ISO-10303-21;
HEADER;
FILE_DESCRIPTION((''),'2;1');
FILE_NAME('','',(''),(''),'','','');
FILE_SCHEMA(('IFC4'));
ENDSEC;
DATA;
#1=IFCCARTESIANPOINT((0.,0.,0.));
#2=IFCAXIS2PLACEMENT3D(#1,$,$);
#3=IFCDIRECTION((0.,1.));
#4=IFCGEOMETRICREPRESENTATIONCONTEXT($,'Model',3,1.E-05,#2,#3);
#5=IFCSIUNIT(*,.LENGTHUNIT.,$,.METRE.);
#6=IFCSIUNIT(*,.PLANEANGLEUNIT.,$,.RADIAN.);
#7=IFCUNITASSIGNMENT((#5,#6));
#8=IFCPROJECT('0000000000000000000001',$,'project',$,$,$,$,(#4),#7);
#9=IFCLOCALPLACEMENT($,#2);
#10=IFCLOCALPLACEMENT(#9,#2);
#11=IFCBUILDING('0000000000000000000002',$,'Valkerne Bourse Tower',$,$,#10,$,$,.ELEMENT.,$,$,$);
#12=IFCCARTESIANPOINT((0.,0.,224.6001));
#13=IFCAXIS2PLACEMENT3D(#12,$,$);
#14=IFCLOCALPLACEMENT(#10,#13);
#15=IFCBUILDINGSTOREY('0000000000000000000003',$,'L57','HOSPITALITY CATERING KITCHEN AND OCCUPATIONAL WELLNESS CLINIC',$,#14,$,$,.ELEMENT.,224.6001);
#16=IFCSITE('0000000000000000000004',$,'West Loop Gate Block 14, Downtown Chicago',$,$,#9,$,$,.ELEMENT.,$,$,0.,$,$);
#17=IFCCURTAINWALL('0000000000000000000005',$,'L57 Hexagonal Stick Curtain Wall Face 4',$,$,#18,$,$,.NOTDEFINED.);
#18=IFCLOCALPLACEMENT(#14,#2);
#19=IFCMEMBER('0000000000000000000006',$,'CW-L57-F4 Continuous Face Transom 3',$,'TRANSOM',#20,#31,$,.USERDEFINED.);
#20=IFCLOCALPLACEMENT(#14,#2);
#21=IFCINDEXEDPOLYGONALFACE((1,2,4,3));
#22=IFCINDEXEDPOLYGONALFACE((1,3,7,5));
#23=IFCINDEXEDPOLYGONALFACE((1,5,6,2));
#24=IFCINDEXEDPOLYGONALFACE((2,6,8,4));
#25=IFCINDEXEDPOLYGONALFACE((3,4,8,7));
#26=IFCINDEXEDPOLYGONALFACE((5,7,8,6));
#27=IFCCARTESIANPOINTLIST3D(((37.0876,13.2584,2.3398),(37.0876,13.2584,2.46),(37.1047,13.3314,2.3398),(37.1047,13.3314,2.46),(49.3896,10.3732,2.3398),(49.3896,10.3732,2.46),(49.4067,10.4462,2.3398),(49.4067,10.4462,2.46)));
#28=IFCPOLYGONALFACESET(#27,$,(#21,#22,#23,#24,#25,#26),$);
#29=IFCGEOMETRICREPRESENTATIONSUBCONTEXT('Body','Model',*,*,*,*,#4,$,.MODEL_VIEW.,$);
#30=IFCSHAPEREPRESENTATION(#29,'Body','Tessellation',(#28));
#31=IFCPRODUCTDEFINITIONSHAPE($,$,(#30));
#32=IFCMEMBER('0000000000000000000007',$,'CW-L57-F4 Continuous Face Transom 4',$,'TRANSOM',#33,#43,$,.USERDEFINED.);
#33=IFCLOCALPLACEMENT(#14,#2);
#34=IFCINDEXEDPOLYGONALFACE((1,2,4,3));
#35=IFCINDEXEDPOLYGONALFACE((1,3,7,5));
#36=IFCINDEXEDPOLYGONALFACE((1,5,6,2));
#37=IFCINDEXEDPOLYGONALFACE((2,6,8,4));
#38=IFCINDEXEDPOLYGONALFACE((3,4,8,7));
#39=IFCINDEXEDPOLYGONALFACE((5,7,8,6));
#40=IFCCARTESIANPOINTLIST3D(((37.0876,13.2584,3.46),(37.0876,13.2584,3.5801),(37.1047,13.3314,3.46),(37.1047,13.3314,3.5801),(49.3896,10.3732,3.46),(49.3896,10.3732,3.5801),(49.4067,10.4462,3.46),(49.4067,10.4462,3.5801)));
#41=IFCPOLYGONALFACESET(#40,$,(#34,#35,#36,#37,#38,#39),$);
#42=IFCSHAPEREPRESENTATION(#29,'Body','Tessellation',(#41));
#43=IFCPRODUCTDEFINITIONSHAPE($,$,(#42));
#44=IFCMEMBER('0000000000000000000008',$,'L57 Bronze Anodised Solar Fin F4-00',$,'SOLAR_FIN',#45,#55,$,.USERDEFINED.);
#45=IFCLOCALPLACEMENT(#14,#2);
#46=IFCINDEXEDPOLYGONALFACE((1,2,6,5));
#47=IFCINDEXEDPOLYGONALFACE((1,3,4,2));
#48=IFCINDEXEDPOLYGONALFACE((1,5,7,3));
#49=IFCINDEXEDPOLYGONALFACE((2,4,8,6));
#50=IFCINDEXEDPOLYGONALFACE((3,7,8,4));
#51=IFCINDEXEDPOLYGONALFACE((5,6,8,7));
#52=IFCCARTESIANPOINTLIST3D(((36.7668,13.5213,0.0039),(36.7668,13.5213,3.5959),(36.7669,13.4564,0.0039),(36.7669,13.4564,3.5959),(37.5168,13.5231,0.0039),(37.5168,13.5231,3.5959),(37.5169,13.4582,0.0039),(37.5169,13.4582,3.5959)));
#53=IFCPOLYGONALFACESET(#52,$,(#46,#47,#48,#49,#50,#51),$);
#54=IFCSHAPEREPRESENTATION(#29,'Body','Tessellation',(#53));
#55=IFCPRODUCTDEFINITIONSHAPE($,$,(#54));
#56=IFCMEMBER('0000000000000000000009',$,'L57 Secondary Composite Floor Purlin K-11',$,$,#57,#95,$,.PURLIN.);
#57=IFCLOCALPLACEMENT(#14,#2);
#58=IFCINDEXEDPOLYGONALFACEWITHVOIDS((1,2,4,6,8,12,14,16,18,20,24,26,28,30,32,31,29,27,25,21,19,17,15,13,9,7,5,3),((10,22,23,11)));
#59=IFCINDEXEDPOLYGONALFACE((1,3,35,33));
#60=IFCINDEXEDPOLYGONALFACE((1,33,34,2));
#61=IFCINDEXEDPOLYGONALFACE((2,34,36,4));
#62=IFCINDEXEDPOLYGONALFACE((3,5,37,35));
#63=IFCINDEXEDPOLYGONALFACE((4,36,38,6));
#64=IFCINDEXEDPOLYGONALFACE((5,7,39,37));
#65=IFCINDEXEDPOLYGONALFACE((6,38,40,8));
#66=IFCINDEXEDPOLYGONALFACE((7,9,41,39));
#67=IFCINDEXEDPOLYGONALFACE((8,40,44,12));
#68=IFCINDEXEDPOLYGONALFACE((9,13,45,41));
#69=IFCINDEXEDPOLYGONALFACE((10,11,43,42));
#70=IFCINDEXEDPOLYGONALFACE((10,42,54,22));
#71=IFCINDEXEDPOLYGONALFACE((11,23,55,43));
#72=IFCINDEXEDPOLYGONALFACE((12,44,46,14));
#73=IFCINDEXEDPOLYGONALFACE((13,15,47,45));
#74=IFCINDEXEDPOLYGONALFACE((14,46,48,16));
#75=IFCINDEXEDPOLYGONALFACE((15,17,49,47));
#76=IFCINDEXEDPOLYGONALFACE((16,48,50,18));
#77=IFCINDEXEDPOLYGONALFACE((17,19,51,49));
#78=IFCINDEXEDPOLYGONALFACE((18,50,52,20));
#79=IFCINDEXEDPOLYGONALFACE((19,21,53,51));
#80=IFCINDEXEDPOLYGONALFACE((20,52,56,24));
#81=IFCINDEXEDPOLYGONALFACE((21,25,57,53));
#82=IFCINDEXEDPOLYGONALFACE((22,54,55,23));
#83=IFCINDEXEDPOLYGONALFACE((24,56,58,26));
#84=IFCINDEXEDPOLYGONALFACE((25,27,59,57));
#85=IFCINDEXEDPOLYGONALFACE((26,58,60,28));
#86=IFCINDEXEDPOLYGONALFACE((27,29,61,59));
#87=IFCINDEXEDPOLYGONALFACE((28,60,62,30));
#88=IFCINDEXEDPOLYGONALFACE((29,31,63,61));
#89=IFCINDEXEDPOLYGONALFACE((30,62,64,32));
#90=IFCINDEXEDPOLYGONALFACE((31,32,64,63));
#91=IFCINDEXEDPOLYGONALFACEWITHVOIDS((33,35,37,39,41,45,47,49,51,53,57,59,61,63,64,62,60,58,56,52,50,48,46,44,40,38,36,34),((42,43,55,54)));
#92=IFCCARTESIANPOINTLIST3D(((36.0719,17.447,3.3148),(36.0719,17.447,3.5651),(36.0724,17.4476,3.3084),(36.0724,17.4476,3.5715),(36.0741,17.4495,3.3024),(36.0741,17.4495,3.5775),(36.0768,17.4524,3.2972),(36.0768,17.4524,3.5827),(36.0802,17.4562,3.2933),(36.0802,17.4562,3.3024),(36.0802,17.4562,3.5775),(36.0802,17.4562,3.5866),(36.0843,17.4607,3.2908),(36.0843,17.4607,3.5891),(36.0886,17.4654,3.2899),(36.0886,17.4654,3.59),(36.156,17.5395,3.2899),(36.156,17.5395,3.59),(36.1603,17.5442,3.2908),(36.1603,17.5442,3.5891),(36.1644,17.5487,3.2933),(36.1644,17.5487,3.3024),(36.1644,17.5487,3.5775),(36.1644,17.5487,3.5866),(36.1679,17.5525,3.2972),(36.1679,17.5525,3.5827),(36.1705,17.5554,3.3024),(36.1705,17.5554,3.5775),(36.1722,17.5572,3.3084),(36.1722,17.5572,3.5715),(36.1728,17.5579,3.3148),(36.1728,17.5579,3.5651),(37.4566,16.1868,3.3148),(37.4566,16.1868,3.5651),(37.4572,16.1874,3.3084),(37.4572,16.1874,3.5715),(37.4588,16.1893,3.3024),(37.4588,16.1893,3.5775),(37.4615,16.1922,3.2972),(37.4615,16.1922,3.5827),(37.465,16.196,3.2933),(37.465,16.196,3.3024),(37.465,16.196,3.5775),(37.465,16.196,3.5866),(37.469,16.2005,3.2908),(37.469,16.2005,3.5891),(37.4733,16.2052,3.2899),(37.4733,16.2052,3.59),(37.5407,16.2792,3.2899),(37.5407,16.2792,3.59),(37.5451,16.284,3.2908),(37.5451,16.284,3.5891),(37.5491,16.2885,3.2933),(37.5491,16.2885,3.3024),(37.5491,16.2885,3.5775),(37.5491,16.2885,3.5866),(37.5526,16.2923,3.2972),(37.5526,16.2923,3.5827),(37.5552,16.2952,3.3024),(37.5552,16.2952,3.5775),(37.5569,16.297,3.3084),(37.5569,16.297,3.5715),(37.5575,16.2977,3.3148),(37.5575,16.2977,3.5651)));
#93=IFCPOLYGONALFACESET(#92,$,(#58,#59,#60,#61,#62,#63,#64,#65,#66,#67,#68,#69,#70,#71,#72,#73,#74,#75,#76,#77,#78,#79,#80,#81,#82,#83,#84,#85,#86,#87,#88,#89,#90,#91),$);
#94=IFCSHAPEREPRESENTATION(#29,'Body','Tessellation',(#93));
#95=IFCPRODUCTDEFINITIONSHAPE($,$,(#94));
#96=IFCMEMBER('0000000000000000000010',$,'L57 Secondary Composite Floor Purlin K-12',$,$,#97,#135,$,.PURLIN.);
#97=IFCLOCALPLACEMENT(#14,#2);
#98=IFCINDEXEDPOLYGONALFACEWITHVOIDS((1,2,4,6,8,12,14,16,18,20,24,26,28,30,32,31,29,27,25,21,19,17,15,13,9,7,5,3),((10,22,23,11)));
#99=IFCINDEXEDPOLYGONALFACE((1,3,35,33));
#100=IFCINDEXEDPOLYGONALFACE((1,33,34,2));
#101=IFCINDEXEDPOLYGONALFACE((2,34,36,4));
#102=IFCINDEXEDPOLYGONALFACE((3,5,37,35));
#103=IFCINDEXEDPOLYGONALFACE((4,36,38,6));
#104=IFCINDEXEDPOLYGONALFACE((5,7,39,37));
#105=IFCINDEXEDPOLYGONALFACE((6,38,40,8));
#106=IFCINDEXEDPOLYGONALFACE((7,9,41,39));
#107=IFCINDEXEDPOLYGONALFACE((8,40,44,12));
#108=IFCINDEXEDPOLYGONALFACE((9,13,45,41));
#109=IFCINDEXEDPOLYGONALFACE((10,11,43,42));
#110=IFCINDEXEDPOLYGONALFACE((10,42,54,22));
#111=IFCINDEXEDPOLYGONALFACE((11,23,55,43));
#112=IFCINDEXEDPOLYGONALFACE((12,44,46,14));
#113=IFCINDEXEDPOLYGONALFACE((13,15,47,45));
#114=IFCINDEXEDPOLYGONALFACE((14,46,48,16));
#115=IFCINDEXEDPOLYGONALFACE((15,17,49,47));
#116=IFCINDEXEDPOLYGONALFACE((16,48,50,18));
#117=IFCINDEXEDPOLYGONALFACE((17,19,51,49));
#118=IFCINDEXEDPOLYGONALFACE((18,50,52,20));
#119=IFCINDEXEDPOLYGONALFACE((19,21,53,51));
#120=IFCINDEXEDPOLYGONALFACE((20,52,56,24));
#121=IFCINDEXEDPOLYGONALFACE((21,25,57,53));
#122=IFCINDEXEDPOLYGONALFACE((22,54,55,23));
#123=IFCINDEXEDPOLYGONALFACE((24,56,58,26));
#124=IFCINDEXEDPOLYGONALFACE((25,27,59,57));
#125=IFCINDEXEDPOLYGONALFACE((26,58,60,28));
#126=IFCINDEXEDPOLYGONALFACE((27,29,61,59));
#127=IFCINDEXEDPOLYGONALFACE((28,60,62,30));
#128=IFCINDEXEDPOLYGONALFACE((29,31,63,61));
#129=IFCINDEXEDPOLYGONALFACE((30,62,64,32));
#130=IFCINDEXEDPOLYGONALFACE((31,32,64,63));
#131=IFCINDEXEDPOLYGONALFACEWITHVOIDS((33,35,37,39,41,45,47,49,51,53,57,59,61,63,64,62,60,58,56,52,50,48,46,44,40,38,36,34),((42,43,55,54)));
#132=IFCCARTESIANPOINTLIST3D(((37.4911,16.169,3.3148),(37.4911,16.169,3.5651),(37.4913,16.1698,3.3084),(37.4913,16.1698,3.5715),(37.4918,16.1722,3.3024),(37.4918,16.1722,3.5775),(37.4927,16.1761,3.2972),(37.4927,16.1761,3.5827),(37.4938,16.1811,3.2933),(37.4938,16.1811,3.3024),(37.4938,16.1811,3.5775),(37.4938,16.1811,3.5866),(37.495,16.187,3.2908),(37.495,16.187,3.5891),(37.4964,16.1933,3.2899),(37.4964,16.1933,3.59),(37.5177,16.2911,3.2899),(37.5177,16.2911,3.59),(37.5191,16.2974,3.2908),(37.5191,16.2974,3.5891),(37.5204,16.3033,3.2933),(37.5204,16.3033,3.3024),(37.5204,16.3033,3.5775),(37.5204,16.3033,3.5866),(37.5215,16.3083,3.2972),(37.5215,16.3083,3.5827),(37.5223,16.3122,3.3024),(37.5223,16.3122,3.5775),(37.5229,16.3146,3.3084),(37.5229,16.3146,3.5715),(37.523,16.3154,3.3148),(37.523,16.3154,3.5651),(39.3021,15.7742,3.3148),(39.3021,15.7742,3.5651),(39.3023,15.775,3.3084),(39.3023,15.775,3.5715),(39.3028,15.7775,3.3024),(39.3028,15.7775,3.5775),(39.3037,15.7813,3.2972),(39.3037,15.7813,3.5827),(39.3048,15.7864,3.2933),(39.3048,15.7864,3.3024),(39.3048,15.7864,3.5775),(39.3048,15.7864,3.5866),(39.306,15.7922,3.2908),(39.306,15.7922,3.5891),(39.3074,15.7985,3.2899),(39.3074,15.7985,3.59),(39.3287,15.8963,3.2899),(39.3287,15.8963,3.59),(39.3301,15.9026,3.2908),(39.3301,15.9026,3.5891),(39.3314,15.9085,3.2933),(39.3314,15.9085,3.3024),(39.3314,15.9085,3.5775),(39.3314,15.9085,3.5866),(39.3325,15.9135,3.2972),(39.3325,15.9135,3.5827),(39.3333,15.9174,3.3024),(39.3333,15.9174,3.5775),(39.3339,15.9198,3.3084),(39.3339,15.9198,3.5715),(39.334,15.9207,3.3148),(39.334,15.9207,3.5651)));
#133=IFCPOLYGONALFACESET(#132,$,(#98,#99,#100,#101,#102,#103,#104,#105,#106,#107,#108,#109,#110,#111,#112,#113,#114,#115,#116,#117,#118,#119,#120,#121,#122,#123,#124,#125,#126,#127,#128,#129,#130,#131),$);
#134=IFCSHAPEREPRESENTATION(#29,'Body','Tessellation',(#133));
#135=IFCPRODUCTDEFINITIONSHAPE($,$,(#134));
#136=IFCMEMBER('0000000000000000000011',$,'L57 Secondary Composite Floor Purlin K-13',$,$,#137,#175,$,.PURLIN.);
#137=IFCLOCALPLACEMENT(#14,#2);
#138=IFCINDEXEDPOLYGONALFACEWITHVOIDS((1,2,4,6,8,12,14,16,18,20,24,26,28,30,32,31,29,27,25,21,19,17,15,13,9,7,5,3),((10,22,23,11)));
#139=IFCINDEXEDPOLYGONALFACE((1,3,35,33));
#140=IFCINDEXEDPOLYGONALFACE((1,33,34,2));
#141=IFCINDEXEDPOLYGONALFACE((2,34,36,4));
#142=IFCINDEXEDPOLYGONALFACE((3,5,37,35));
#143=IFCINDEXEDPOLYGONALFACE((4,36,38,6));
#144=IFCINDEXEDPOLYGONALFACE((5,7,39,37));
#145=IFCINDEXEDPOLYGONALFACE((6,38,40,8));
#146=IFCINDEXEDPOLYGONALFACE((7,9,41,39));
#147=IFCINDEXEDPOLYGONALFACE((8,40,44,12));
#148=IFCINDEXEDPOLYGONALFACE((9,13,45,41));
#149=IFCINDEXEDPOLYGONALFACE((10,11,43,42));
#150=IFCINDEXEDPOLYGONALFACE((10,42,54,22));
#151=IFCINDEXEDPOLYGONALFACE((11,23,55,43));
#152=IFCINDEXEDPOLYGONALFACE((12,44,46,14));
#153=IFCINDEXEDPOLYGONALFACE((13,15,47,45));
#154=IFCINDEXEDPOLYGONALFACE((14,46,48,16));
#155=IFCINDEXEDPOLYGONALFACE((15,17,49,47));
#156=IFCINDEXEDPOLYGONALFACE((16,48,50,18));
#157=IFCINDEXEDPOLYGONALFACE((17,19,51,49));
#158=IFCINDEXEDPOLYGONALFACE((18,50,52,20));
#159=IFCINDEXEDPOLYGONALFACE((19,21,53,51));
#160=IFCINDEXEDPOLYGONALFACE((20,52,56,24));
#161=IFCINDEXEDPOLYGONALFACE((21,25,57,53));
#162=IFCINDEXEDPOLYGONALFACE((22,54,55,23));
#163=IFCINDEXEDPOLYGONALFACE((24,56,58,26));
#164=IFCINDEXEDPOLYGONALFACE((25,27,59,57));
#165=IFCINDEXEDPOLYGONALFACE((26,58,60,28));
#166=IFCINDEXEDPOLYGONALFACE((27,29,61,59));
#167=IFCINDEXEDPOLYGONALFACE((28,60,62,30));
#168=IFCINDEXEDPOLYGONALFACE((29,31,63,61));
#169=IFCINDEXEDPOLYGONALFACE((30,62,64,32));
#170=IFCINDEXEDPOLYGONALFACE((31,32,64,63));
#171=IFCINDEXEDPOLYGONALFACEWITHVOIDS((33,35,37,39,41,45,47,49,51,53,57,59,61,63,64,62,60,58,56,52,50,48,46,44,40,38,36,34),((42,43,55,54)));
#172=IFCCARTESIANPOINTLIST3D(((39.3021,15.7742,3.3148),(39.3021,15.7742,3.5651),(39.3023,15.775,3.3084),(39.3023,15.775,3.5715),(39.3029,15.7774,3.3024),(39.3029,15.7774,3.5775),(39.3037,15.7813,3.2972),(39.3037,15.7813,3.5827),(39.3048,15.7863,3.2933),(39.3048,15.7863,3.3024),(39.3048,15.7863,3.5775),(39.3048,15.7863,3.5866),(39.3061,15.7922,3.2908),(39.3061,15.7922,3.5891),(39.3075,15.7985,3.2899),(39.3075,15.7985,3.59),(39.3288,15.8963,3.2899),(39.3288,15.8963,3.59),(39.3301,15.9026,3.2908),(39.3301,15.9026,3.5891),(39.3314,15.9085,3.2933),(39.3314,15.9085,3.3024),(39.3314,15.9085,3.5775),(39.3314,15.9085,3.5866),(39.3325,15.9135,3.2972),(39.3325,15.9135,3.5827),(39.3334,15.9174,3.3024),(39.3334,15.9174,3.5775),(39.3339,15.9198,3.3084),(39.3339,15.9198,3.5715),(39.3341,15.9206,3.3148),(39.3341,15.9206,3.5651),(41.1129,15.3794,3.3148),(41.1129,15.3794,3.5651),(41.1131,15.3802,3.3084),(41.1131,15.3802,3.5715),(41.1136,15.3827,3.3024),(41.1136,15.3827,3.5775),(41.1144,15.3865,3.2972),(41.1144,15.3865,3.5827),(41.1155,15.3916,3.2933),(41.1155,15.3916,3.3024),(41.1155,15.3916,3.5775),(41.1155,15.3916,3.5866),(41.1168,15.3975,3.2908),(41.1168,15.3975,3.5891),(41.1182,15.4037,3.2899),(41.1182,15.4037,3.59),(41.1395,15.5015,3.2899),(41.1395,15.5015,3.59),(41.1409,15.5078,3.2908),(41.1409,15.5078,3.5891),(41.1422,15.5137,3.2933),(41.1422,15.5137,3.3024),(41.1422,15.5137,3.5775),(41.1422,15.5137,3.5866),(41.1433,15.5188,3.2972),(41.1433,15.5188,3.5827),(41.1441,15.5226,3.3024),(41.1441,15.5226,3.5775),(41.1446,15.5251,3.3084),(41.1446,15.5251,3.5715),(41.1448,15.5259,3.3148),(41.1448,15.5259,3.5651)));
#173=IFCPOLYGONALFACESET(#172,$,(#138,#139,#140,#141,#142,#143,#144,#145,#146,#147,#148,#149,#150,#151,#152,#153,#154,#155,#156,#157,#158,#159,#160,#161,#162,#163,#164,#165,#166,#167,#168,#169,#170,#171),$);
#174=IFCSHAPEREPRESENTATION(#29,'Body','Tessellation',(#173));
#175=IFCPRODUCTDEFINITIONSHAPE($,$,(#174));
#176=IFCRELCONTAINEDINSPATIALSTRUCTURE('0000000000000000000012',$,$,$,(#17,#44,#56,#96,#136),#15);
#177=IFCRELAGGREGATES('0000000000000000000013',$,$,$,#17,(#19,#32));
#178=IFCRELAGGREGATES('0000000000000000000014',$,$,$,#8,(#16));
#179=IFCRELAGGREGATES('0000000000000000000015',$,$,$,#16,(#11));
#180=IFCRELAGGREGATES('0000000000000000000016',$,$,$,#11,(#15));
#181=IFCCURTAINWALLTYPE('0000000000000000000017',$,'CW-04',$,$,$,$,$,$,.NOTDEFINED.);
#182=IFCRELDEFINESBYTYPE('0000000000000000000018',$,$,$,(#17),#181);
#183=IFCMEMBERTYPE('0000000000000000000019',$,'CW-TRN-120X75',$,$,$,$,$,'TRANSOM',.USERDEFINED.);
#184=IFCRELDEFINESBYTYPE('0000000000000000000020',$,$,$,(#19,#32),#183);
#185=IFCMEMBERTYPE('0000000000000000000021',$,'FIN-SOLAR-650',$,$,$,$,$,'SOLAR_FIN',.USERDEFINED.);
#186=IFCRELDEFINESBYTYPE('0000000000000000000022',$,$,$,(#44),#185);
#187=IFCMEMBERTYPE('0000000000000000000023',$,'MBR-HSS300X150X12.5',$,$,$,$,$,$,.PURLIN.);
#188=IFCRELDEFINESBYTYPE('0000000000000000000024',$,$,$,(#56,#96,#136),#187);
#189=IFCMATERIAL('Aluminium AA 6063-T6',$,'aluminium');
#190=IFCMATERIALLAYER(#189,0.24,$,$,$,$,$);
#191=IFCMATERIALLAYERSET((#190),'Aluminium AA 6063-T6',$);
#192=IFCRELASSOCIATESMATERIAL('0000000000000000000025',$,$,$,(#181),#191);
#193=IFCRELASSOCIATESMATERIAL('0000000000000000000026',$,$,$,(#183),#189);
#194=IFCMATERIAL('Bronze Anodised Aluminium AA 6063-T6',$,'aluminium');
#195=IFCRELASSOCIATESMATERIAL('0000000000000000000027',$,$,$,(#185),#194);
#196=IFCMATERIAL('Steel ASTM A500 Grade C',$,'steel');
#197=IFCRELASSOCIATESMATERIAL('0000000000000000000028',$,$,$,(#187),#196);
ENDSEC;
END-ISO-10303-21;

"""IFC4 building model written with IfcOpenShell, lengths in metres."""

from ifc_helpers import new_model, si_unit, direction, frame, origin, origin_2d, place, context, subcontext, project, spatial, rectangle, hollow_rectangle, extrude, material, layer, layer_set, material_profile, profile_set, type_object, element, aggregate, save


model = new_model("IFC4")

# Units and contexts
model_context = context("Model", 3, precision=1e-05, world=origin(), true_north=direction((0.0, 1.0)))
body_context = subcontext(model_context, "Body", "Model", "MODEL_VIEW")
ifc_project = project(units=[si_unit("LENGTHUNIT", "METRE"), si_unit("PLANEANGLEUNIT", "RADIAN")], contexts=[model_context])

# Site, building, storey
site_placement = place(None, origin())
site = spatial("IfcSite", under=ifc_project, at=site_placement, Name="West Loop Gate Block 14, Downtown Chicago", CompositionType="ELEMENT", RefElevation=0.0)
building_placement = place(site_placement, origin())
building = spatial("IfcBuilding", under=site, at=building_placement, Name="Valkerne Bourse Tower", CompositionType="ELEMENT")
storey_placement = place(building_placement, frame((0.0, 0.0, 224.6001)))
storey = spatial("IfcBuildingStorey", under=building, at=storey_placement, Name="L57", Description="HOSPITALITY CATERING KITCHEN AND OCCUPATIONAL WELLNESS CLINIC", CompositionType="ELEMENT", Elevation=224.6001)

# Curtain wall, members
ifc_material_1 = material(Name="Aluminium AA 6063-T6", Category="aluminium")
ifc_layer_1 = layer(ifc_material_1, 0.24)
ifc_layer_set_1 = layer_set([ifc_layer_1], Name="Aluminium AA 6063-T6")
curtain_wall_type = type_object("IfcCurtainWallType", Name="CW-04", PredefinedType="NOTDEFINED", material=ifc_layer_set_1)
curtain_wall_placement = place(storey_placement, origin())
curtain_wall = element("IfcCurtainWall", 1, at=curtain_wall_placement, inside=storey, type_object=curtain_wall_type, Name="L57 Hexagonal Stick Curtain Wall Face 4", PredefinedType="NOTDEFINED")
ifc_material_profile_1 = material_profile(ifc_material_1, rectangle(XDim=0.075, YDim=0.1201, at=origin_2d()), Name="CWT-75X120")
ifc_profile_set_1 = profile_set([ifc_material_profile_1], Name="Aluminium AA 6063-T6")
member_type_1 = type_object("IfcMemberType", Name="CW-TRN-120X75", ElementType="TRANSOM", PredefinedType="USERDEFINED", material=ifc_profile_set_1)
member_1_placement = place(storey_placement, frame((37.0962, 13.2949, 2.3999), z_axis=(0.973582, -0.228339, 0.0), x_axis=(0.228339, 0.973582, 0.0)))
member_1 = element("IfcMember", 2, at=member_1_placement, type_object=member_type_1, Name="CW-L57-F4 Continuous Face Transom 3", ObjectType="TRANSOM", PredefinedType="USERDEFINED", context=body_context, shape_type="SweptSolid", body=[
    extrude(rectangle(XDim=0.075, YDim=0.1201, at=origin_2d()), origin(), (0.0, 0.0, 1.0), 12.6357),
])
member_2_placement = place(storey_placement, frame((37.0962, 13.2949, 3.52), z_axis=(0.973582, -0.228339, 0.0), x_axis=(0.228339, 0.973582, 0.0)))
member_2 = element("IfcMember", 3, at=member_2_placement, type_object=member_type_1, Name="CW-L57-F4 Continuous Face Transom 4", ObjectType="TRANSOM", PredefinedType="USERDEFINED", context=body_context, shape_type="SweptSolid", body=[
    extrude(rectangle(XDim=0.075, YDim=0.1201, at=origin_2d()), origin(), (0.0, 0.0, 1.0), 12.6357),
])

# Members
ifc_material_2 = material(Name="Bronze Anodised Aluminium AA 6063-T6", Category="aluminium")
ifc_material_profile_2 = material_profile(ifc_material_2, rectangle(XDim=0.0649, YDim=0.75, at=origin_2d()), Name="FIN-65X750")
ifc_profile_set_2 = profile_set([ifc_material_profile_2], Name="Bronze Anodised Aluminium AA 6063-T6")
member_type_2 = type_object("IfcMemberType", Name="FIN-SOLAR-650", ElementType="SOLAR_FIN", PredefinedType="USERDEFINED", material=ifc_profile_set_2)
member_3_placement = place(storey_placement, frame((37.1418, 13.4897, 0.0039), z_axis=(0.0, 0.0, 1.0), x_axis=(0.002398, -0.999997, 0.0)))
element("IfcMember", 4, at=member_3_placement, inside=storey, type_object=member_type_2, Name="L57 Bronze Anodised Solar Fin F4-00", ObjectType="SOLAR_FIN", PredefinedType="USERDEFINED", context=body_context, shape_type="SweptSolid", body=[
    extrude(rectangle(XDim=0.0649, YDim=0.75, at=origin_2d()), origin(), (0.0, 0.0, 1.0), 3.592),
])
ifc_material_3 = material(Name="Steel ASTM A500 Grade C", Category="steel")
ifc_material_profile_3 = material_profile(ifc_material_3, hollow_rectangle(XDim=0.1499, YDim=0.3, WallThickness=0.0125, OuterFilletRadius=0.0249, at=origin_2d()), Name="HSS300X150X12.5")
ifc_profile_set_3 = profile_set([ifc_material_profile_3], Name="Steel ASTM A500 Grade C")
member_type_3 = type_object("IfcMemberType", Name="MBR-HSS300X150X12.5", PredefinedType="PURLIN", material=ifc_profile_set_3)
member_4_placement = place(storey_placement, frame((36.1223, 17.5024, 3.4399), z_axis=(0.739574, -0.673075, 0.0), x_axis=(0.673075, 0.739574, 0.0)))
element("IfcMember", 5, at=member_4_placement, inside=storey, type_object=member_type_3, Name="L57 Secondary Composite Floor Purlin K-11", PredefinedType="PURLIN", context=body_context, shape_type="SweptSolid", body=[
    extrude(hollow_rectangle(XDim=0.1499, YDim=0.3, WallThickness=0.0125, OuterFilletRadius=0.0249, at=origin_2d()), origin(), (0.0, 0.0, 1.0), 1.8723),
])
member_5_placement = place(storey_placement, frame((37.5071, 16.2422, 3.4399), z_axis=(0.977056, -0.212982, 0.0), x_axis=(0.212982, 0.977056, 0.0)))
element("IfcMember", 6, at=member_5_placement, inside=storey, type_object=member_type_3, Name="L57 Secondary Composite Floor Purlin K-12", PredefinedType="PURLIN", context=body_context, shape_type="SweptSolid", body=[
    extrude(hollow_rectangle(XDim=0.1499, YDim=0.3, WallThickness=0.0125, OuterFilletRadius=0.0249, at=origin_2d()), origin(), (0.0, 0.0, 1.0), 1.8535),
])
member_6_placement = place(storey_placement, frame((39.3181, 15.8474, 3.4399), z_axis=(0.97705, -0.213009, 0.0), x_axis=(0.213009, 0.97705, 0.0)))
element("IfcMember", 7, at=member_6_placement, inside=storey, type_object=member_type_3, Name="L57 Secondary Composite Floor Purlin K-13", PredefinedType="PURLIN", context=body_context, shape_type="SweptSolid", body=[
    extrude(hollow_rectangle(XDim=0.1499, YDim=0.3, WallThickness=0.0125, OuterFilletRadius=0.0249, at=origin_2d()), origin(), (0.0, 0.0, 1.0), 1.8533),
])

aggregate(curtain_wall, [member_1, member_2])

save(model, "model.ifc")
